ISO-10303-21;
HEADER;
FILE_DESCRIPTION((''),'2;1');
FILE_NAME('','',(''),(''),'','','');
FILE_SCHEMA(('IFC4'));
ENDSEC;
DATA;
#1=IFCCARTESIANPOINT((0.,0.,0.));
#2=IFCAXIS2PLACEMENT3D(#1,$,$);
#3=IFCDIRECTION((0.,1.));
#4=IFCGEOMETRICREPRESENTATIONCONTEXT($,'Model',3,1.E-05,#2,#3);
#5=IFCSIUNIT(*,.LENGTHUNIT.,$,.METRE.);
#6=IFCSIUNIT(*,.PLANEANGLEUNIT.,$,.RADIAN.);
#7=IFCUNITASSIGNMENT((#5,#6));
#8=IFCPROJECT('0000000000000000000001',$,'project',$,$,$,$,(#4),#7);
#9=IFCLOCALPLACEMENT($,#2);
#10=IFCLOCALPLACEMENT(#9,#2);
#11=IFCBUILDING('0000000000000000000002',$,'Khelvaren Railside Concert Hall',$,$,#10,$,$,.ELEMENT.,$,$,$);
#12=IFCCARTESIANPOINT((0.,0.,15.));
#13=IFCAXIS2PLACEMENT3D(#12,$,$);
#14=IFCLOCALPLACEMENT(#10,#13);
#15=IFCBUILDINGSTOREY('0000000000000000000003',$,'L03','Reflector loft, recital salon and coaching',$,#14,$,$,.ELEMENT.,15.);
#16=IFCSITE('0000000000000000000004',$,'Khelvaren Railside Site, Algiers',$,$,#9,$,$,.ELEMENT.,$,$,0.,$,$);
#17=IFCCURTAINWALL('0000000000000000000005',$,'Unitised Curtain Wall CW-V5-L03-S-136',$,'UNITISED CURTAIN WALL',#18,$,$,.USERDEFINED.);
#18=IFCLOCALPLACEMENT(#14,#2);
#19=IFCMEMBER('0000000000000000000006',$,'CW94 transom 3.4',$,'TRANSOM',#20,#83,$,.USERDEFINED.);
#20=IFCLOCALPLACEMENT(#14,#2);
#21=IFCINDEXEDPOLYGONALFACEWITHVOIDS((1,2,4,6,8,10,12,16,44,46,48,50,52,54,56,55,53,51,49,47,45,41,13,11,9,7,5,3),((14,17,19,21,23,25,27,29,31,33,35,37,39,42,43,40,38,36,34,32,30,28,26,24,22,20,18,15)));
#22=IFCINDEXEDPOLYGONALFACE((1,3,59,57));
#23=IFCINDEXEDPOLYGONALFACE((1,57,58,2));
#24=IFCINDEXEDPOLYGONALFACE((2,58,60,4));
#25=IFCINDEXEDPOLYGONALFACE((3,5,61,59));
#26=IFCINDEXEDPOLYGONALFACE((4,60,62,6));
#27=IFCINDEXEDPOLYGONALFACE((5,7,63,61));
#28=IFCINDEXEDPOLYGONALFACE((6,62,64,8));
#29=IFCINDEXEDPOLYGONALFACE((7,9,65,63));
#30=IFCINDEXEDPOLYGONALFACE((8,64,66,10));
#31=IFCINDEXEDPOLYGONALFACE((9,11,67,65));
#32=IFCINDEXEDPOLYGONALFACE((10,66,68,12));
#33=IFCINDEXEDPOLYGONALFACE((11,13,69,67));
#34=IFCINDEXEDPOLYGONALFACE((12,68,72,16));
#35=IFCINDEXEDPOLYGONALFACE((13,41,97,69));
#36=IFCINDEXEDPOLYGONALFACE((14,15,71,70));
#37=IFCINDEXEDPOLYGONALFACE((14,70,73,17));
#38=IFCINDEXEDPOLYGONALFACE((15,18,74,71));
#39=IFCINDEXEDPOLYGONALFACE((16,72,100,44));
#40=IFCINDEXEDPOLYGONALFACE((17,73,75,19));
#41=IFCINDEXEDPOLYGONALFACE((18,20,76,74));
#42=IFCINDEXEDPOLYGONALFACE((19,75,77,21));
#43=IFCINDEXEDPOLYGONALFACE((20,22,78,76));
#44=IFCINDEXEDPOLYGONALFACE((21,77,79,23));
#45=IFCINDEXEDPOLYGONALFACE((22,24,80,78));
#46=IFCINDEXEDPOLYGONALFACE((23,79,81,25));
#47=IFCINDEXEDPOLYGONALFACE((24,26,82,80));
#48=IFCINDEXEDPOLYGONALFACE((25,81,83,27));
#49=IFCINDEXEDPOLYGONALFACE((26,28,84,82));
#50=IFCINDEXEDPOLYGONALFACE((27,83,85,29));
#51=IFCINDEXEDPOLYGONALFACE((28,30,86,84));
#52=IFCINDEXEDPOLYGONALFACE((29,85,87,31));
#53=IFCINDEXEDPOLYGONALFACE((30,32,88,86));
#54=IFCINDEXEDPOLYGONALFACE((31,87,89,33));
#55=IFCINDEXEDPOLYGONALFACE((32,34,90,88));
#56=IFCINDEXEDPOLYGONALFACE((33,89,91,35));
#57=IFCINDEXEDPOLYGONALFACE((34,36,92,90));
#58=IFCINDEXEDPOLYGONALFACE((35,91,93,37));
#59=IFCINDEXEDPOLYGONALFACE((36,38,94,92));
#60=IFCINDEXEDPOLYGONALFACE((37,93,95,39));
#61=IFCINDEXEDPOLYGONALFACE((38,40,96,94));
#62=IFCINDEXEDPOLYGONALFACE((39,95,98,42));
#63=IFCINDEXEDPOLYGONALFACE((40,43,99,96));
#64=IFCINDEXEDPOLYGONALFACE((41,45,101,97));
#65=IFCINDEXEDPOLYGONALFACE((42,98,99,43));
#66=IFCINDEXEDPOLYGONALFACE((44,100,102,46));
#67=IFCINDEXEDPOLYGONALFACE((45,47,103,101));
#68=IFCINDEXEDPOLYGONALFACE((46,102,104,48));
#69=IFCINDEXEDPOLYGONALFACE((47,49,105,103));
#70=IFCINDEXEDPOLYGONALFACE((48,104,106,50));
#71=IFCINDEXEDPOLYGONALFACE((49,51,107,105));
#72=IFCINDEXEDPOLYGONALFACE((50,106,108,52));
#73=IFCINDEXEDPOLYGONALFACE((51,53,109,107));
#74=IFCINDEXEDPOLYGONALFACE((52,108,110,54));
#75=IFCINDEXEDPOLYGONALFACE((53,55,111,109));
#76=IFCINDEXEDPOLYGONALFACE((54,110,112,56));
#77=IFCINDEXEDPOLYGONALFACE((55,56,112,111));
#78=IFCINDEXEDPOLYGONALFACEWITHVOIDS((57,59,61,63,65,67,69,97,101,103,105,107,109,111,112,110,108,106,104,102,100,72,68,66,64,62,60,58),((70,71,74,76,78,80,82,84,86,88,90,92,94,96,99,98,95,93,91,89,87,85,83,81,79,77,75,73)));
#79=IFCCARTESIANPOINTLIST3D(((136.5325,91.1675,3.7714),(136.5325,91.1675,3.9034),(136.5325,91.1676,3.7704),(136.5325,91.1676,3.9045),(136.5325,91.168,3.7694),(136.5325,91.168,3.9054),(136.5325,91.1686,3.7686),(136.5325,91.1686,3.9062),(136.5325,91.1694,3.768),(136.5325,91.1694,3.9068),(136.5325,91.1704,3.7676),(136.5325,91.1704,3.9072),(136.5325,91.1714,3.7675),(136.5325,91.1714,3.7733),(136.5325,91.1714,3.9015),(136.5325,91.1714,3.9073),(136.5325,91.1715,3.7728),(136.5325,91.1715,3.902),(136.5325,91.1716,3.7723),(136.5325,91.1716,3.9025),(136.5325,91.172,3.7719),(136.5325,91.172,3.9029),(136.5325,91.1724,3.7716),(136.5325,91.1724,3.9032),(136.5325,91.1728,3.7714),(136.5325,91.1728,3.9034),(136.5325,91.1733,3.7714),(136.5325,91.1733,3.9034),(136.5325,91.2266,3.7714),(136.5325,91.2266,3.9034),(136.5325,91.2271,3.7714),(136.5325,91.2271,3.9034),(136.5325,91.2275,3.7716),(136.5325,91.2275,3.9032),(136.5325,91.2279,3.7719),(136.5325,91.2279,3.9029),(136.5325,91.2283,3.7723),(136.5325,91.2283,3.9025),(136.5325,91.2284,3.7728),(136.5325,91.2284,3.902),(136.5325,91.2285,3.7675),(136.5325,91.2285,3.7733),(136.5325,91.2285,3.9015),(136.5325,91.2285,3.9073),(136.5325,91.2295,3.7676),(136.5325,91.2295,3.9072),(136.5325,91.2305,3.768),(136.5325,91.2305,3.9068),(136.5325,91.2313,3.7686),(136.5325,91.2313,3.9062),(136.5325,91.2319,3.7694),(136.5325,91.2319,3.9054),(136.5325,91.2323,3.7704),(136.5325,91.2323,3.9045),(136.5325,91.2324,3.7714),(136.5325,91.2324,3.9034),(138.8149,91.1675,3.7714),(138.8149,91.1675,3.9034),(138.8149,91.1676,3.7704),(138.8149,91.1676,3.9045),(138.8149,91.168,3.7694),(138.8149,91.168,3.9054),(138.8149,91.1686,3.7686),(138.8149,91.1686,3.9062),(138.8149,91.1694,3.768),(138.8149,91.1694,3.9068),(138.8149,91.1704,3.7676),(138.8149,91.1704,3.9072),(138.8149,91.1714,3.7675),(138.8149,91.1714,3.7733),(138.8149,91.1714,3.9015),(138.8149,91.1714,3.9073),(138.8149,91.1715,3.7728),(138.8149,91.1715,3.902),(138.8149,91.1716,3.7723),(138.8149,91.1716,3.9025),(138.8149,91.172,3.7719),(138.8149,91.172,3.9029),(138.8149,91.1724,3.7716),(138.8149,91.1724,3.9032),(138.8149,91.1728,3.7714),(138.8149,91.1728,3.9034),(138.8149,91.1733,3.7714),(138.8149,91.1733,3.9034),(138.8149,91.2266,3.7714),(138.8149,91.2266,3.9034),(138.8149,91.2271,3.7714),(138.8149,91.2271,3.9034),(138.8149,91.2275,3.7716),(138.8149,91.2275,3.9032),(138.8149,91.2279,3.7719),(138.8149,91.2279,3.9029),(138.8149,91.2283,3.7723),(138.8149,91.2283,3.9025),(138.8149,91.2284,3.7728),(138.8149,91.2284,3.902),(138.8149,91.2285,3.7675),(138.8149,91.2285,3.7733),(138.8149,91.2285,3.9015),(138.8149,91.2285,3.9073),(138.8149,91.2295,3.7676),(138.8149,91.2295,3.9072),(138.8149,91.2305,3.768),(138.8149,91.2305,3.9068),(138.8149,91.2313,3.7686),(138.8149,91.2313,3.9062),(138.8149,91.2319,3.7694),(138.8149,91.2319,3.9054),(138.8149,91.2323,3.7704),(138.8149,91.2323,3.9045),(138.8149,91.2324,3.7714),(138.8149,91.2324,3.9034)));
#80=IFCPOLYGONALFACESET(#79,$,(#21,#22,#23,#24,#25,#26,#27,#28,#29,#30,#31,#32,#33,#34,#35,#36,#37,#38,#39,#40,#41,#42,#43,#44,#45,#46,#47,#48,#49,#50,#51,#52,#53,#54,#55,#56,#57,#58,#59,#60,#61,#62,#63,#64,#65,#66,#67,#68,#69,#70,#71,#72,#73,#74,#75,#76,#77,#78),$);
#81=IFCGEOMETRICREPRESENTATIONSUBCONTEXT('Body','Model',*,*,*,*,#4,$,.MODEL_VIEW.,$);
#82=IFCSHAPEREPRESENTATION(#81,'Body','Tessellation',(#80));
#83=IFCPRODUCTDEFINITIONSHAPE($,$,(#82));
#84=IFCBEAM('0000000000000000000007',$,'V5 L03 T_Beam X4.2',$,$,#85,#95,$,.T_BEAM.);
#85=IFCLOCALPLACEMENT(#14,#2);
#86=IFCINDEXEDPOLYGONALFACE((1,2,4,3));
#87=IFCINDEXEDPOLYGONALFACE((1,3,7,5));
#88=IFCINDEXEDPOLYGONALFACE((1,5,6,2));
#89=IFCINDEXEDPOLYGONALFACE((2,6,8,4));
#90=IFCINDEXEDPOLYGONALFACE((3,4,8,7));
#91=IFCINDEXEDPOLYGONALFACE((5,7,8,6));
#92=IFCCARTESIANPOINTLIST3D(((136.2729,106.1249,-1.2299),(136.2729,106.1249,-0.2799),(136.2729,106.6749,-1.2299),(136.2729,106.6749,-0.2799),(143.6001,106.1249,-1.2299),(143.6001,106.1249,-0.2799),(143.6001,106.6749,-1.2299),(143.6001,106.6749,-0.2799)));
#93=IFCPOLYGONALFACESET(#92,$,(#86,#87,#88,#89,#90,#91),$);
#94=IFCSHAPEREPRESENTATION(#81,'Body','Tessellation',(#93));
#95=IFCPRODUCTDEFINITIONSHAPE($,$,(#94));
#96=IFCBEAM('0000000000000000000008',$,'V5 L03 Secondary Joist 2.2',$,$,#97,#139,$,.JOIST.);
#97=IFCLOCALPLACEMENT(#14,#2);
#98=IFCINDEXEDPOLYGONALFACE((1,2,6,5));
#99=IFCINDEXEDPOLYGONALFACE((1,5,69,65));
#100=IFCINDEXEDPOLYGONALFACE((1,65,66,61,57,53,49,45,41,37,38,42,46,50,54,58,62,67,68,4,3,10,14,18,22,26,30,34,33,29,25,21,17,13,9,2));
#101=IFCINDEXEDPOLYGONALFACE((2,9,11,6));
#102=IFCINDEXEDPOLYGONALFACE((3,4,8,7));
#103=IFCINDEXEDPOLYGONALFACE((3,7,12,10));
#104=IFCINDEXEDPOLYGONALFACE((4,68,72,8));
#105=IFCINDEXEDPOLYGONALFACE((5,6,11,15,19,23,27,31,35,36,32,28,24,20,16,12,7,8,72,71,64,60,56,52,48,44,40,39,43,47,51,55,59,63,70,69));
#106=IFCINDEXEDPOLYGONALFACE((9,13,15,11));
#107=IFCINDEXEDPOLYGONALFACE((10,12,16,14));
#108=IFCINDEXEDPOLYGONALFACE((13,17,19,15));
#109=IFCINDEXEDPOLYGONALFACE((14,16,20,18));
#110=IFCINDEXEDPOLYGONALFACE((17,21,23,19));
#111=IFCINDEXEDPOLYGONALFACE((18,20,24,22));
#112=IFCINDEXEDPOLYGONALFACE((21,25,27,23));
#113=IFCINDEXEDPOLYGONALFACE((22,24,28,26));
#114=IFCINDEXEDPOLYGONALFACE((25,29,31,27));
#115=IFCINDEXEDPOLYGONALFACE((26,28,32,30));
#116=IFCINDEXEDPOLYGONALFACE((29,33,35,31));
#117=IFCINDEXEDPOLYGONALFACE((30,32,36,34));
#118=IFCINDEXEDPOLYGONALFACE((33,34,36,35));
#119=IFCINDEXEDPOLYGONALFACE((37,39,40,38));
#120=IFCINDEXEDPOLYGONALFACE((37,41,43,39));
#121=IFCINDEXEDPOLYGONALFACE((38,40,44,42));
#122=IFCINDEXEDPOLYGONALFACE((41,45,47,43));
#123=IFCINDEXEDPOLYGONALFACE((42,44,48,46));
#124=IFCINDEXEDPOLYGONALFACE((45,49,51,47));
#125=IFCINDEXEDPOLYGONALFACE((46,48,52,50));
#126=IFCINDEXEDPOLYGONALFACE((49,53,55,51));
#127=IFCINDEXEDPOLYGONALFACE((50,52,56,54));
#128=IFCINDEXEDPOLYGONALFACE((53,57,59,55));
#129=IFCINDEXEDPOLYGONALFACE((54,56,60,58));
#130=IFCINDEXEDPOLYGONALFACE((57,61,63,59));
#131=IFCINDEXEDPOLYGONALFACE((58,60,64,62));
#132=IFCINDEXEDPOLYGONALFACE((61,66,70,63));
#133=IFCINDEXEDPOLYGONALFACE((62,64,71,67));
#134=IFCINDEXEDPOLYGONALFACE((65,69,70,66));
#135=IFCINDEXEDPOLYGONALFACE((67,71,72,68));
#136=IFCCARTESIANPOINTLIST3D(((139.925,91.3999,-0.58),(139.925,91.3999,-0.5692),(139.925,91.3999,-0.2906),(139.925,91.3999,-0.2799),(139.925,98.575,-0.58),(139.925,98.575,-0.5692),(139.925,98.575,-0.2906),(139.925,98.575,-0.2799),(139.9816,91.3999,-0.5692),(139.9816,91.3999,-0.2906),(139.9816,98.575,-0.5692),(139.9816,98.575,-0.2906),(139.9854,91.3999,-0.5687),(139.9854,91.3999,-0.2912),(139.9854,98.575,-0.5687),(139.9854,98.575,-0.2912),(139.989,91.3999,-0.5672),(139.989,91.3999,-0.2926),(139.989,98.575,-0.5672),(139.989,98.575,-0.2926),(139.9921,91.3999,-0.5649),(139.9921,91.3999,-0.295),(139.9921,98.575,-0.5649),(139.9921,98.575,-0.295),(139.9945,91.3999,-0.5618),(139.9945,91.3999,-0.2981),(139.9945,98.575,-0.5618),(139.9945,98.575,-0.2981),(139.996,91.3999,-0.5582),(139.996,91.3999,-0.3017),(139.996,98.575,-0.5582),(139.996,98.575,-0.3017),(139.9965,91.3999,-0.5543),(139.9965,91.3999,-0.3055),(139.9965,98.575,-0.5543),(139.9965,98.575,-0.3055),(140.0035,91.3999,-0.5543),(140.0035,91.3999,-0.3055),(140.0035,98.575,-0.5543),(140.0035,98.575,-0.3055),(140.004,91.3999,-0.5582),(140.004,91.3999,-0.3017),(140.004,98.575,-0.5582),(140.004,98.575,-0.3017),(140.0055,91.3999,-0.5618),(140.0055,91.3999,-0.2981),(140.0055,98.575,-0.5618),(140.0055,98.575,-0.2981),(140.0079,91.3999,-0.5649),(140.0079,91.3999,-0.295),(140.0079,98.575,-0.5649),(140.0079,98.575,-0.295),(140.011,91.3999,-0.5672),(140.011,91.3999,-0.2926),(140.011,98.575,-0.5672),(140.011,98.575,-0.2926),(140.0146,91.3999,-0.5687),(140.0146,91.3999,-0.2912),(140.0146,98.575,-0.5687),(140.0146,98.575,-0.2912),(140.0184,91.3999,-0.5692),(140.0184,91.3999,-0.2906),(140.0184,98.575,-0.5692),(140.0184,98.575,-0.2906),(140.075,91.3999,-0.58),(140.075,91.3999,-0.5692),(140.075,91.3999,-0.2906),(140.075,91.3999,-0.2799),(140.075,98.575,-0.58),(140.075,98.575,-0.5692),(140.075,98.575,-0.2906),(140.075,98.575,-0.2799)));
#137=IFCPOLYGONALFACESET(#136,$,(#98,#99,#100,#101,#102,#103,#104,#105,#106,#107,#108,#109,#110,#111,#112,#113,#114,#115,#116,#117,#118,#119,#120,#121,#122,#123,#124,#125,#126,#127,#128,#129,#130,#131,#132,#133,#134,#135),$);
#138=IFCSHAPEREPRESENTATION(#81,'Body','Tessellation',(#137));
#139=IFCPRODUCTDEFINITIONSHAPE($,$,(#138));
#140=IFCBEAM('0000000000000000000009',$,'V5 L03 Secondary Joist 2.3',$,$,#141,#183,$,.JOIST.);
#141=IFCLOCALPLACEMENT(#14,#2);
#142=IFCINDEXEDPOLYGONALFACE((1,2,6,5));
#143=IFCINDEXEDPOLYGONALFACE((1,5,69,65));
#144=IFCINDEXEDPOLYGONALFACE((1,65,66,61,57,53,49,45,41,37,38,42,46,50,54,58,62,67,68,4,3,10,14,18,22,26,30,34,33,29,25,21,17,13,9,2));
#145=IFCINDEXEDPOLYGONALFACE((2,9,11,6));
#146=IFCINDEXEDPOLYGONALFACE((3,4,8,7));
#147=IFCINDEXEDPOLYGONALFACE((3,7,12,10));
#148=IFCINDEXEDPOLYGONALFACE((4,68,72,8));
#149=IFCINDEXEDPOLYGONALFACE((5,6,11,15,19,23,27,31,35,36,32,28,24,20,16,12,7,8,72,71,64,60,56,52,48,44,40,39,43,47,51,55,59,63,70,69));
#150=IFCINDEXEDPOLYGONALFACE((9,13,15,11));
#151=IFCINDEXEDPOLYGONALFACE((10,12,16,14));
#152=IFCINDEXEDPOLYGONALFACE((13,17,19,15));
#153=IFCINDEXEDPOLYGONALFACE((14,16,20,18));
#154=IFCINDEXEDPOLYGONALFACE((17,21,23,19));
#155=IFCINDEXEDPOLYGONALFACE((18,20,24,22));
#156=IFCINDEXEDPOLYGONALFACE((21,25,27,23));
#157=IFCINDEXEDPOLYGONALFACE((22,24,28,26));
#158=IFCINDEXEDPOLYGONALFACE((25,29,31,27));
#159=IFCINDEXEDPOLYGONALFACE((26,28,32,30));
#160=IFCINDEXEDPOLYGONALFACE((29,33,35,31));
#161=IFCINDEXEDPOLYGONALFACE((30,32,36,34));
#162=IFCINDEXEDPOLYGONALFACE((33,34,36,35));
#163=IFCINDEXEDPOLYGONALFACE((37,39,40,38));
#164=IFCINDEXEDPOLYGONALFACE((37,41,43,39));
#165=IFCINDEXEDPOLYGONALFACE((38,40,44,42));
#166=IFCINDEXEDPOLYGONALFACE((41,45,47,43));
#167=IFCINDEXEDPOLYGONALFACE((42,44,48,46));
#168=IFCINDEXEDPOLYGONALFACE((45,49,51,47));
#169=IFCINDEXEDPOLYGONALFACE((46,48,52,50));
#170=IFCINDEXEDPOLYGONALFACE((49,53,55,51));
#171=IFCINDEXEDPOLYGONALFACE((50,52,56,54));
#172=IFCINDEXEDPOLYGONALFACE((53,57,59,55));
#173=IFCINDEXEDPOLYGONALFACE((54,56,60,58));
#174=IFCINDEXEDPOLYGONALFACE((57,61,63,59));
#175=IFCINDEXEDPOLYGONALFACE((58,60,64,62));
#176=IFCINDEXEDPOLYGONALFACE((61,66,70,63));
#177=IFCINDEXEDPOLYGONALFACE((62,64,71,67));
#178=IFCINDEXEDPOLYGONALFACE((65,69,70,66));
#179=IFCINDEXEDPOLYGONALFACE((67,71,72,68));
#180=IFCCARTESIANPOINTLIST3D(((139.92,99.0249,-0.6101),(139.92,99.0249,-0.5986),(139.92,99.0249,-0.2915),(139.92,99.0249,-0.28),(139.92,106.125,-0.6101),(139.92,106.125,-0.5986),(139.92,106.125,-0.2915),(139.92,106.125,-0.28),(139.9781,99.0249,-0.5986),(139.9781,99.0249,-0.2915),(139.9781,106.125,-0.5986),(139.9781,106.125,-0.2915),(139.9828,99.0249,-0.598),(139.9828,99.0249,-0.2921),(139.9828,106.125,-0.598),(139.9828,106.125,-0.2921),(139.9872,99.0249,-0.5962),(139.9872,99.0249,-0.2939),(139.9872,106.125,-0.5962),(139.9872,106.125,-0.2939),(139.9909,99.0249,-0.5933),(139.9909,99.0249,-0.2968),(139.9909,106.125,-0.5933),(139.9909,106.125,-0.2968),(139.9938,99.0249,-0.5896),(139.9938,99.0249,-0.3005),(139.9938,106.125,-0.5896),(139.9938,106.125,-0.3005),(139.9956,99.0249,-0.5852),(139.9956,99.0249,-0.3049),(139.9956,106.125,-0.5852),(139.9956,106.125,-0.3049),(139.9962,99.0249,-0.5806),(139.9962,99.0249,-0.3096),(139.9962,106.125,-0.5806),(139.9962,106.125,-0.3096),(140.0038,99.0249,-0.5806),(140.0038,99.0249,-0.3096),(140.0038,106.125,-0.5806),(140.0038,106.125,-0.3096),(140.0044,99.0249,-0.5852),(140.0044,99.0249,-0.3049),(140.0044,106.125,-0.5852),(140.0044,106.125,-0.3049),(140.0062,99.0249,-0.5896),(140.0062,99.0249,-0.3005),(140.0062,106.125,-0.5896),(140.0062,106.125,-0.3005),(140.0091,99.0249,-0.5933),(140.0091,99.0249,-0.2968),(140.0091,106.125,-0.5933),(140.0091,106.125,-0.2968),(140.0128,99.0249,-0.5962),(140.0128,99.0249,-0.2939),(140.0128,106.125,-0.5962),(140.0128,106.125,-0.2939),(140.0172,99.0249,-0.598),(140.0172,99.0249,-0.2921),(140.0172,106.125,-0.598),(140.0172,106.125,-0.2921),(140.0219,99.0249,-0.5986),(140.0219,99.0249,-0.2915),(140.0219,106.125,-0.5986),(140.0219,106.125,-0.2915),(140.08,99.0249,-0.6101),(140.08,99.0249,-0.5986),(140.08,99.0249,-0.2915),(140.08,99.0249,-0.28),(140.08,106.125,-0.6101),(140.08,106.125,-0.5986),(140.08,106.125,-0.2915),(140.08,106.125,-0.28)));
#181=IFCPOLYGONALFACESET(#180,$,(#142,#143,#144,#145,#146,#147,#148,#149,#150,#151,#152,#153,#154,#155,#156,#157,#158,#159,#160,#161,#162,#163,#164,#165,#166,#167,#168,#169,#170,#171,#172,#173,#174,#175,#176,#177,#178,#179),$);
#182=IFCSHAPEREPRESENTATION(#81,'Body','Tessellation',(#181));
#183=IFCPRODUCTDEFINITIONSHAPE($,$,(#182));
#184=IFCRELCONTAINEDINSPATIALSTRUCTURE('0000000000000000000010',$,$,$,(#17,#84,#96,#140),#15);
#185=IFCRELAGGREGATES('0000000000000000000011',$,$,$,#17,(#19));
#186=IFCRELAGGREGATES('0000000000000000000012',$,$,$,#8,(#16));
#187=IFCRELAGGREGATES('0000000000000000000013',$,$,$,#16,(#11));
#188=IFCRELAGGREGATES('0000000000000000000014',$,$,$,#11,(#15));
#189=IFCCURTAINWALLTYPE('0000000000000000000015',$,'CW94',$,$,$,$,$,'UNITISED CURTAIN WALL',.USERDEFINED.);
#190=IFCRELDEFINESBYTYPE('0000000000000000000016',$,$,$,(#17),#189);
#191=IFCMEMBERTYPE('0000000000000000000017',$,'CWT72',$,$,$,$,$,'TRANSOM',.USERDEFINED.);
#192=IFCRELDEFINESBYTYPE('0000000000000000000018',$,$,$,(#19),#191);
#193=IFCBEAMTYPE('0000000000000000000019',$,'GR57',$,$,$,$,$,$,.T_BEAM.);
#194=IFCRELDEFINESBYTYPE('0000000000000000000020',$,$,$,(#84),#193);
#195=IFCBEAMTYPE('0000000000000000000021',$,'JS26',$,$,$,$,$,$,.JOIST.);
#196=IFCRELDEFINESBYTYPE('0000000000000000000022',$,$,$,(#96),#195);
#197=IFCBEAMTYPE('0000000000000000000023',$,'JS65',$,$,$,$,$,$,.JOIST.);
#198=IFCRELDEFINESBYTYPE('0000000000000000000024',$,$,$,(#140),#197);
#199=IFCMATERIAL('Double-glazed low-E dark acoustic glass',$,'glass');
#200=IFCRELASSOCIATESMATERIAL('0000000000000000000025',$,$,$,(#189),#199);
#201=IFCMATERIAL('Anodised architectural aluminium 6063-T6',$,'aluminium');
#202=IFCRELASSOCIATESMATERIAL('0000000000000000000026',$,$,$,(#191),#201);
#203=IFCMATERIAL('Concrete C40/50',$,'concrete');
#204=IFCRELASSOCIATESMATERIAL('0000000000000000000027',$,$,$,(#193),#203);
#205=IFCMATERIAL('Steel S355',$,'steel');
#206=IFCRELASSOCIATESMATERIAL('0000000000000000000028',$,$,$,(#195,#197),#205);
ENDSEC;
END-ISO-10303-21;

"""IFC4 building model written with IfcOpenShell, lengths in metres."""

from ifc_helpers import new_model, si_unit, direction, frame, origin, origin_2d, place, context, subcontext, project, spatial, rectangle, hollow_rectangle, i_section, extrude, material, material_profile, profile_set, type_object, element, aggregate, save


model = new_model("IFC4")

# Units and contexts
model_context = context("Model", 3, precision=1e-05, world=origin(), true_north=direction((0.0, 1.0)))
body_context = subcontext(model_context, "Body", "Model", "MODEL_VIEW")
ifc_project = project(units=[si_unit("LENGTHUNIT", "METRE"), si_unit("PLANEANGLEUNIT", "RADIAN")], contexts=[model_context])

# Site, building, storey
site_placement = place(None, origin())
site = spatial("IfcSite", under=ifc_project, at=site_placement, Name="Khelvaren Railside Site, Algiers", CompositionType="ELEMENT", RefElevation=0.0)
building_placement = place(site_placement, origin())
building = spatial("IfcBuilding", under=site, at=building_placement, Name="Khelvaren Railside Concert Hall", CompositionType="ELEMENT")
storey_placement = place(building_placement, frame((0.0, 0.0, 15.0)))
storey = spatial("IfcBuildingStorey", under=building, at=storey_placement, Name="L03", Description="Reflector loft, recital salon and coaching", CompositionType="ELEMENT", Elevation=15.0)

# Shared definitions
ifc_material_1 = material(Name="Concrete C40/50", Category="concrete")

# Curtain wall, member
ifc_material_2 = material(Name="Double-glazed low-E dark acoustic glass", Category="glass")
curtain_wall_type = type_object("IfcCurtainWallType", Name="CW94", ElementType="UNITISED CURTAIN WALL", PredefinedType="USERDEFINED", material=ifc_material_2)
curtain_wall_placement = place(storey_placement, origin())
curtain_wall = element("IfcCurtainWall", 1, at=curtain_wall_placement, inside=storey, type_object=curtain_wall_type, Name="Unitised Curtain Wall CW-V5-L03-S-136", ObjectType="UNITISED CURTAIN WALL", PredefinedType="USERDEFINED")
ifc_material_3 = material(Name="Anodised architectural aluminium 6063-T6", Category="aluminium")
ifc_material_profile_1 = material_profile(ifc_material_3, hollow_rectangle(XDim=0.0649, YDim=0.1399, WallThickness=0.0039, InnerFilletRadius=0.002, OuterFilletRadius=0.0039, at=origin_2d()), Name="CWT 65x140x4")
ifc_profile_set_1 = profile_set([ifc_material_profile_1], Name="Anodised architectural aluminium 6063-T6")
member_type_1 = type_object("IfcMemberType", Name="CWT72", ElementType="TRANSOM", PredefinedType="USERDEFINED", material=ifc_profile_set_1)
member_1_placement = place(storey_placement, frame((138.8149, 91.2, 3.8374), z_axis=(-1.0, 0.0, 0.0), x_axis=(0.0, -1.0, 0.0)))
member_1 = element("IfcMember", 2, at=member_1_placement, type_object=member_type_1, Name="CW94 transom 3.4", ObjectType="TRANSOM", PredefinedType="USERDEFINED", context=body_context, shape_type="SweptSolid", body=[
    extrude(hollow_rectangle(XDim=0.0649, YDim=0.1399, WallThickness=0.0039, InnerFilletRadius=0.002, OuterFilletRadius=0.0039, at=origin_2d()), origin(), (0.0, 0.0, 1.0), 2.2825),
])

# Beams
ifc_material_profile_2 = material_profile(ifc_material_1, rectangle(XDim=0.55, YDim=0.95, at=origin_2d()), Name="RCB 550x950")
ifc_profile_set_2 = profile_set([ifc_material_profile_2], Name="Concrete C40/50")
beam_type_1 = type_object("IfcBeamType", Name="GR57", PredefinedType="T_BEAM", material=ifc_profile_set_2)
beam_1_placement = place(storey_placement, frame((136.2729, 106.3999, -0.7549), z_axis=(1.0, 0.0, 0.0), x_axis=(0.0, 1.0, 0.0)))
element("IfcBeam", 3, at=beam_1_placement, inside=storey, type_object=beam_type_1, Name="V5 L03 T_Beam X4.2", PredefinedType="T_BEAM", context=body_context, shape_type="SweptSolid", body=[
    extrude(rectangle(XDim=0.55, YDim=0.95, at=origin_2d()), origin(), (0.0, 0.0, 1.0), 7.3271),
])
ifc_material_4 = material(Name="Steel S355", Category="steel")
ifc_material_profile_3 = material_profile(ifc_material_4, i_section(OverallWidth=0.1499, OverallDepth=0.3, WebThickness=0.0071, FlangeThickness=0.0107, FilletRadius=0.0149, at=origin_2d()), Name="IPE 300")
ifc_profile_set_3 = profile_set([ifc_material_profile_3], Name="Steel S355")
beam_type_2 = type_object("IfcBeamType", Name="JS26", PredefinedType="JOIST", material=ifc_profile_set_3)
beam_2_placement = place(storey_placement, frame((140.0, 91.3999, -0.4299), z_axis=(0.0, 1.0, 0.0), x_axis=(-1.0, 0.0, 0.0)))
element("IfcBeam", 4, at=beam_2_placement, inside=storey, type_object=beam_type_2, Name="V5 L03 Secondary Joist 2.2", PredefinedType="JOIST", context=body_context, shape_type="SweptSolid", body=[
    extrude(i_section(OverallWidth=0.1499, OverallDepth=0.3, WebThickness=0.0071, FlangeThickness=0.0107, FilletRadius=0.0149, at=origin_2d()), origin(), (0.0, 0.0, 1.0), 7.175),
])
ifc_material_profile_4 = material_profile(ifc_material_4, i_section(OverallWidth=0.1599, OverallDepth=0.3301, WebThickness=0.0076, FlangeThickness=0.0115, FilletRadius=0.0181, at=origin_2d()), Name="IPE 330")
ifc_profile_set_4 = profile_set([ifc_material_profile_4], Name="Steel S355")
beam_type_3 = type_object("IfcBeamType", Name="JS65", PredefinedType="JOIST", material=ifc_profile_set_4)
beam_3_placement = place(storey_placement, frame((140.0, 99.0249, -0.4451), z_axis=(0.0, 1.0, 0.0), x_axis=(-1.0, 0.0, 0.0)))
element("IfcBeam", 5, at=beam_3_placement, inside=storey, type_object=beam_type_3, Name="V5 L03 Secondary Joist 2.3", PredefinedType="JOIST", context=body_context, shape_type="SweptSolid", body=[
    extrude(i_section(OverallWidth=0.1599, OverallDepth=0.3301, WebThickness=0.0076, FlangeThickness=0.0115, FilletRadius=0.0181, at=origin_2d()), origin(), (0.0, 0.0, 1.0), 7.1001),
])

aggregate(curtain_wall, [member_1])

save(model, "model.ifc")
